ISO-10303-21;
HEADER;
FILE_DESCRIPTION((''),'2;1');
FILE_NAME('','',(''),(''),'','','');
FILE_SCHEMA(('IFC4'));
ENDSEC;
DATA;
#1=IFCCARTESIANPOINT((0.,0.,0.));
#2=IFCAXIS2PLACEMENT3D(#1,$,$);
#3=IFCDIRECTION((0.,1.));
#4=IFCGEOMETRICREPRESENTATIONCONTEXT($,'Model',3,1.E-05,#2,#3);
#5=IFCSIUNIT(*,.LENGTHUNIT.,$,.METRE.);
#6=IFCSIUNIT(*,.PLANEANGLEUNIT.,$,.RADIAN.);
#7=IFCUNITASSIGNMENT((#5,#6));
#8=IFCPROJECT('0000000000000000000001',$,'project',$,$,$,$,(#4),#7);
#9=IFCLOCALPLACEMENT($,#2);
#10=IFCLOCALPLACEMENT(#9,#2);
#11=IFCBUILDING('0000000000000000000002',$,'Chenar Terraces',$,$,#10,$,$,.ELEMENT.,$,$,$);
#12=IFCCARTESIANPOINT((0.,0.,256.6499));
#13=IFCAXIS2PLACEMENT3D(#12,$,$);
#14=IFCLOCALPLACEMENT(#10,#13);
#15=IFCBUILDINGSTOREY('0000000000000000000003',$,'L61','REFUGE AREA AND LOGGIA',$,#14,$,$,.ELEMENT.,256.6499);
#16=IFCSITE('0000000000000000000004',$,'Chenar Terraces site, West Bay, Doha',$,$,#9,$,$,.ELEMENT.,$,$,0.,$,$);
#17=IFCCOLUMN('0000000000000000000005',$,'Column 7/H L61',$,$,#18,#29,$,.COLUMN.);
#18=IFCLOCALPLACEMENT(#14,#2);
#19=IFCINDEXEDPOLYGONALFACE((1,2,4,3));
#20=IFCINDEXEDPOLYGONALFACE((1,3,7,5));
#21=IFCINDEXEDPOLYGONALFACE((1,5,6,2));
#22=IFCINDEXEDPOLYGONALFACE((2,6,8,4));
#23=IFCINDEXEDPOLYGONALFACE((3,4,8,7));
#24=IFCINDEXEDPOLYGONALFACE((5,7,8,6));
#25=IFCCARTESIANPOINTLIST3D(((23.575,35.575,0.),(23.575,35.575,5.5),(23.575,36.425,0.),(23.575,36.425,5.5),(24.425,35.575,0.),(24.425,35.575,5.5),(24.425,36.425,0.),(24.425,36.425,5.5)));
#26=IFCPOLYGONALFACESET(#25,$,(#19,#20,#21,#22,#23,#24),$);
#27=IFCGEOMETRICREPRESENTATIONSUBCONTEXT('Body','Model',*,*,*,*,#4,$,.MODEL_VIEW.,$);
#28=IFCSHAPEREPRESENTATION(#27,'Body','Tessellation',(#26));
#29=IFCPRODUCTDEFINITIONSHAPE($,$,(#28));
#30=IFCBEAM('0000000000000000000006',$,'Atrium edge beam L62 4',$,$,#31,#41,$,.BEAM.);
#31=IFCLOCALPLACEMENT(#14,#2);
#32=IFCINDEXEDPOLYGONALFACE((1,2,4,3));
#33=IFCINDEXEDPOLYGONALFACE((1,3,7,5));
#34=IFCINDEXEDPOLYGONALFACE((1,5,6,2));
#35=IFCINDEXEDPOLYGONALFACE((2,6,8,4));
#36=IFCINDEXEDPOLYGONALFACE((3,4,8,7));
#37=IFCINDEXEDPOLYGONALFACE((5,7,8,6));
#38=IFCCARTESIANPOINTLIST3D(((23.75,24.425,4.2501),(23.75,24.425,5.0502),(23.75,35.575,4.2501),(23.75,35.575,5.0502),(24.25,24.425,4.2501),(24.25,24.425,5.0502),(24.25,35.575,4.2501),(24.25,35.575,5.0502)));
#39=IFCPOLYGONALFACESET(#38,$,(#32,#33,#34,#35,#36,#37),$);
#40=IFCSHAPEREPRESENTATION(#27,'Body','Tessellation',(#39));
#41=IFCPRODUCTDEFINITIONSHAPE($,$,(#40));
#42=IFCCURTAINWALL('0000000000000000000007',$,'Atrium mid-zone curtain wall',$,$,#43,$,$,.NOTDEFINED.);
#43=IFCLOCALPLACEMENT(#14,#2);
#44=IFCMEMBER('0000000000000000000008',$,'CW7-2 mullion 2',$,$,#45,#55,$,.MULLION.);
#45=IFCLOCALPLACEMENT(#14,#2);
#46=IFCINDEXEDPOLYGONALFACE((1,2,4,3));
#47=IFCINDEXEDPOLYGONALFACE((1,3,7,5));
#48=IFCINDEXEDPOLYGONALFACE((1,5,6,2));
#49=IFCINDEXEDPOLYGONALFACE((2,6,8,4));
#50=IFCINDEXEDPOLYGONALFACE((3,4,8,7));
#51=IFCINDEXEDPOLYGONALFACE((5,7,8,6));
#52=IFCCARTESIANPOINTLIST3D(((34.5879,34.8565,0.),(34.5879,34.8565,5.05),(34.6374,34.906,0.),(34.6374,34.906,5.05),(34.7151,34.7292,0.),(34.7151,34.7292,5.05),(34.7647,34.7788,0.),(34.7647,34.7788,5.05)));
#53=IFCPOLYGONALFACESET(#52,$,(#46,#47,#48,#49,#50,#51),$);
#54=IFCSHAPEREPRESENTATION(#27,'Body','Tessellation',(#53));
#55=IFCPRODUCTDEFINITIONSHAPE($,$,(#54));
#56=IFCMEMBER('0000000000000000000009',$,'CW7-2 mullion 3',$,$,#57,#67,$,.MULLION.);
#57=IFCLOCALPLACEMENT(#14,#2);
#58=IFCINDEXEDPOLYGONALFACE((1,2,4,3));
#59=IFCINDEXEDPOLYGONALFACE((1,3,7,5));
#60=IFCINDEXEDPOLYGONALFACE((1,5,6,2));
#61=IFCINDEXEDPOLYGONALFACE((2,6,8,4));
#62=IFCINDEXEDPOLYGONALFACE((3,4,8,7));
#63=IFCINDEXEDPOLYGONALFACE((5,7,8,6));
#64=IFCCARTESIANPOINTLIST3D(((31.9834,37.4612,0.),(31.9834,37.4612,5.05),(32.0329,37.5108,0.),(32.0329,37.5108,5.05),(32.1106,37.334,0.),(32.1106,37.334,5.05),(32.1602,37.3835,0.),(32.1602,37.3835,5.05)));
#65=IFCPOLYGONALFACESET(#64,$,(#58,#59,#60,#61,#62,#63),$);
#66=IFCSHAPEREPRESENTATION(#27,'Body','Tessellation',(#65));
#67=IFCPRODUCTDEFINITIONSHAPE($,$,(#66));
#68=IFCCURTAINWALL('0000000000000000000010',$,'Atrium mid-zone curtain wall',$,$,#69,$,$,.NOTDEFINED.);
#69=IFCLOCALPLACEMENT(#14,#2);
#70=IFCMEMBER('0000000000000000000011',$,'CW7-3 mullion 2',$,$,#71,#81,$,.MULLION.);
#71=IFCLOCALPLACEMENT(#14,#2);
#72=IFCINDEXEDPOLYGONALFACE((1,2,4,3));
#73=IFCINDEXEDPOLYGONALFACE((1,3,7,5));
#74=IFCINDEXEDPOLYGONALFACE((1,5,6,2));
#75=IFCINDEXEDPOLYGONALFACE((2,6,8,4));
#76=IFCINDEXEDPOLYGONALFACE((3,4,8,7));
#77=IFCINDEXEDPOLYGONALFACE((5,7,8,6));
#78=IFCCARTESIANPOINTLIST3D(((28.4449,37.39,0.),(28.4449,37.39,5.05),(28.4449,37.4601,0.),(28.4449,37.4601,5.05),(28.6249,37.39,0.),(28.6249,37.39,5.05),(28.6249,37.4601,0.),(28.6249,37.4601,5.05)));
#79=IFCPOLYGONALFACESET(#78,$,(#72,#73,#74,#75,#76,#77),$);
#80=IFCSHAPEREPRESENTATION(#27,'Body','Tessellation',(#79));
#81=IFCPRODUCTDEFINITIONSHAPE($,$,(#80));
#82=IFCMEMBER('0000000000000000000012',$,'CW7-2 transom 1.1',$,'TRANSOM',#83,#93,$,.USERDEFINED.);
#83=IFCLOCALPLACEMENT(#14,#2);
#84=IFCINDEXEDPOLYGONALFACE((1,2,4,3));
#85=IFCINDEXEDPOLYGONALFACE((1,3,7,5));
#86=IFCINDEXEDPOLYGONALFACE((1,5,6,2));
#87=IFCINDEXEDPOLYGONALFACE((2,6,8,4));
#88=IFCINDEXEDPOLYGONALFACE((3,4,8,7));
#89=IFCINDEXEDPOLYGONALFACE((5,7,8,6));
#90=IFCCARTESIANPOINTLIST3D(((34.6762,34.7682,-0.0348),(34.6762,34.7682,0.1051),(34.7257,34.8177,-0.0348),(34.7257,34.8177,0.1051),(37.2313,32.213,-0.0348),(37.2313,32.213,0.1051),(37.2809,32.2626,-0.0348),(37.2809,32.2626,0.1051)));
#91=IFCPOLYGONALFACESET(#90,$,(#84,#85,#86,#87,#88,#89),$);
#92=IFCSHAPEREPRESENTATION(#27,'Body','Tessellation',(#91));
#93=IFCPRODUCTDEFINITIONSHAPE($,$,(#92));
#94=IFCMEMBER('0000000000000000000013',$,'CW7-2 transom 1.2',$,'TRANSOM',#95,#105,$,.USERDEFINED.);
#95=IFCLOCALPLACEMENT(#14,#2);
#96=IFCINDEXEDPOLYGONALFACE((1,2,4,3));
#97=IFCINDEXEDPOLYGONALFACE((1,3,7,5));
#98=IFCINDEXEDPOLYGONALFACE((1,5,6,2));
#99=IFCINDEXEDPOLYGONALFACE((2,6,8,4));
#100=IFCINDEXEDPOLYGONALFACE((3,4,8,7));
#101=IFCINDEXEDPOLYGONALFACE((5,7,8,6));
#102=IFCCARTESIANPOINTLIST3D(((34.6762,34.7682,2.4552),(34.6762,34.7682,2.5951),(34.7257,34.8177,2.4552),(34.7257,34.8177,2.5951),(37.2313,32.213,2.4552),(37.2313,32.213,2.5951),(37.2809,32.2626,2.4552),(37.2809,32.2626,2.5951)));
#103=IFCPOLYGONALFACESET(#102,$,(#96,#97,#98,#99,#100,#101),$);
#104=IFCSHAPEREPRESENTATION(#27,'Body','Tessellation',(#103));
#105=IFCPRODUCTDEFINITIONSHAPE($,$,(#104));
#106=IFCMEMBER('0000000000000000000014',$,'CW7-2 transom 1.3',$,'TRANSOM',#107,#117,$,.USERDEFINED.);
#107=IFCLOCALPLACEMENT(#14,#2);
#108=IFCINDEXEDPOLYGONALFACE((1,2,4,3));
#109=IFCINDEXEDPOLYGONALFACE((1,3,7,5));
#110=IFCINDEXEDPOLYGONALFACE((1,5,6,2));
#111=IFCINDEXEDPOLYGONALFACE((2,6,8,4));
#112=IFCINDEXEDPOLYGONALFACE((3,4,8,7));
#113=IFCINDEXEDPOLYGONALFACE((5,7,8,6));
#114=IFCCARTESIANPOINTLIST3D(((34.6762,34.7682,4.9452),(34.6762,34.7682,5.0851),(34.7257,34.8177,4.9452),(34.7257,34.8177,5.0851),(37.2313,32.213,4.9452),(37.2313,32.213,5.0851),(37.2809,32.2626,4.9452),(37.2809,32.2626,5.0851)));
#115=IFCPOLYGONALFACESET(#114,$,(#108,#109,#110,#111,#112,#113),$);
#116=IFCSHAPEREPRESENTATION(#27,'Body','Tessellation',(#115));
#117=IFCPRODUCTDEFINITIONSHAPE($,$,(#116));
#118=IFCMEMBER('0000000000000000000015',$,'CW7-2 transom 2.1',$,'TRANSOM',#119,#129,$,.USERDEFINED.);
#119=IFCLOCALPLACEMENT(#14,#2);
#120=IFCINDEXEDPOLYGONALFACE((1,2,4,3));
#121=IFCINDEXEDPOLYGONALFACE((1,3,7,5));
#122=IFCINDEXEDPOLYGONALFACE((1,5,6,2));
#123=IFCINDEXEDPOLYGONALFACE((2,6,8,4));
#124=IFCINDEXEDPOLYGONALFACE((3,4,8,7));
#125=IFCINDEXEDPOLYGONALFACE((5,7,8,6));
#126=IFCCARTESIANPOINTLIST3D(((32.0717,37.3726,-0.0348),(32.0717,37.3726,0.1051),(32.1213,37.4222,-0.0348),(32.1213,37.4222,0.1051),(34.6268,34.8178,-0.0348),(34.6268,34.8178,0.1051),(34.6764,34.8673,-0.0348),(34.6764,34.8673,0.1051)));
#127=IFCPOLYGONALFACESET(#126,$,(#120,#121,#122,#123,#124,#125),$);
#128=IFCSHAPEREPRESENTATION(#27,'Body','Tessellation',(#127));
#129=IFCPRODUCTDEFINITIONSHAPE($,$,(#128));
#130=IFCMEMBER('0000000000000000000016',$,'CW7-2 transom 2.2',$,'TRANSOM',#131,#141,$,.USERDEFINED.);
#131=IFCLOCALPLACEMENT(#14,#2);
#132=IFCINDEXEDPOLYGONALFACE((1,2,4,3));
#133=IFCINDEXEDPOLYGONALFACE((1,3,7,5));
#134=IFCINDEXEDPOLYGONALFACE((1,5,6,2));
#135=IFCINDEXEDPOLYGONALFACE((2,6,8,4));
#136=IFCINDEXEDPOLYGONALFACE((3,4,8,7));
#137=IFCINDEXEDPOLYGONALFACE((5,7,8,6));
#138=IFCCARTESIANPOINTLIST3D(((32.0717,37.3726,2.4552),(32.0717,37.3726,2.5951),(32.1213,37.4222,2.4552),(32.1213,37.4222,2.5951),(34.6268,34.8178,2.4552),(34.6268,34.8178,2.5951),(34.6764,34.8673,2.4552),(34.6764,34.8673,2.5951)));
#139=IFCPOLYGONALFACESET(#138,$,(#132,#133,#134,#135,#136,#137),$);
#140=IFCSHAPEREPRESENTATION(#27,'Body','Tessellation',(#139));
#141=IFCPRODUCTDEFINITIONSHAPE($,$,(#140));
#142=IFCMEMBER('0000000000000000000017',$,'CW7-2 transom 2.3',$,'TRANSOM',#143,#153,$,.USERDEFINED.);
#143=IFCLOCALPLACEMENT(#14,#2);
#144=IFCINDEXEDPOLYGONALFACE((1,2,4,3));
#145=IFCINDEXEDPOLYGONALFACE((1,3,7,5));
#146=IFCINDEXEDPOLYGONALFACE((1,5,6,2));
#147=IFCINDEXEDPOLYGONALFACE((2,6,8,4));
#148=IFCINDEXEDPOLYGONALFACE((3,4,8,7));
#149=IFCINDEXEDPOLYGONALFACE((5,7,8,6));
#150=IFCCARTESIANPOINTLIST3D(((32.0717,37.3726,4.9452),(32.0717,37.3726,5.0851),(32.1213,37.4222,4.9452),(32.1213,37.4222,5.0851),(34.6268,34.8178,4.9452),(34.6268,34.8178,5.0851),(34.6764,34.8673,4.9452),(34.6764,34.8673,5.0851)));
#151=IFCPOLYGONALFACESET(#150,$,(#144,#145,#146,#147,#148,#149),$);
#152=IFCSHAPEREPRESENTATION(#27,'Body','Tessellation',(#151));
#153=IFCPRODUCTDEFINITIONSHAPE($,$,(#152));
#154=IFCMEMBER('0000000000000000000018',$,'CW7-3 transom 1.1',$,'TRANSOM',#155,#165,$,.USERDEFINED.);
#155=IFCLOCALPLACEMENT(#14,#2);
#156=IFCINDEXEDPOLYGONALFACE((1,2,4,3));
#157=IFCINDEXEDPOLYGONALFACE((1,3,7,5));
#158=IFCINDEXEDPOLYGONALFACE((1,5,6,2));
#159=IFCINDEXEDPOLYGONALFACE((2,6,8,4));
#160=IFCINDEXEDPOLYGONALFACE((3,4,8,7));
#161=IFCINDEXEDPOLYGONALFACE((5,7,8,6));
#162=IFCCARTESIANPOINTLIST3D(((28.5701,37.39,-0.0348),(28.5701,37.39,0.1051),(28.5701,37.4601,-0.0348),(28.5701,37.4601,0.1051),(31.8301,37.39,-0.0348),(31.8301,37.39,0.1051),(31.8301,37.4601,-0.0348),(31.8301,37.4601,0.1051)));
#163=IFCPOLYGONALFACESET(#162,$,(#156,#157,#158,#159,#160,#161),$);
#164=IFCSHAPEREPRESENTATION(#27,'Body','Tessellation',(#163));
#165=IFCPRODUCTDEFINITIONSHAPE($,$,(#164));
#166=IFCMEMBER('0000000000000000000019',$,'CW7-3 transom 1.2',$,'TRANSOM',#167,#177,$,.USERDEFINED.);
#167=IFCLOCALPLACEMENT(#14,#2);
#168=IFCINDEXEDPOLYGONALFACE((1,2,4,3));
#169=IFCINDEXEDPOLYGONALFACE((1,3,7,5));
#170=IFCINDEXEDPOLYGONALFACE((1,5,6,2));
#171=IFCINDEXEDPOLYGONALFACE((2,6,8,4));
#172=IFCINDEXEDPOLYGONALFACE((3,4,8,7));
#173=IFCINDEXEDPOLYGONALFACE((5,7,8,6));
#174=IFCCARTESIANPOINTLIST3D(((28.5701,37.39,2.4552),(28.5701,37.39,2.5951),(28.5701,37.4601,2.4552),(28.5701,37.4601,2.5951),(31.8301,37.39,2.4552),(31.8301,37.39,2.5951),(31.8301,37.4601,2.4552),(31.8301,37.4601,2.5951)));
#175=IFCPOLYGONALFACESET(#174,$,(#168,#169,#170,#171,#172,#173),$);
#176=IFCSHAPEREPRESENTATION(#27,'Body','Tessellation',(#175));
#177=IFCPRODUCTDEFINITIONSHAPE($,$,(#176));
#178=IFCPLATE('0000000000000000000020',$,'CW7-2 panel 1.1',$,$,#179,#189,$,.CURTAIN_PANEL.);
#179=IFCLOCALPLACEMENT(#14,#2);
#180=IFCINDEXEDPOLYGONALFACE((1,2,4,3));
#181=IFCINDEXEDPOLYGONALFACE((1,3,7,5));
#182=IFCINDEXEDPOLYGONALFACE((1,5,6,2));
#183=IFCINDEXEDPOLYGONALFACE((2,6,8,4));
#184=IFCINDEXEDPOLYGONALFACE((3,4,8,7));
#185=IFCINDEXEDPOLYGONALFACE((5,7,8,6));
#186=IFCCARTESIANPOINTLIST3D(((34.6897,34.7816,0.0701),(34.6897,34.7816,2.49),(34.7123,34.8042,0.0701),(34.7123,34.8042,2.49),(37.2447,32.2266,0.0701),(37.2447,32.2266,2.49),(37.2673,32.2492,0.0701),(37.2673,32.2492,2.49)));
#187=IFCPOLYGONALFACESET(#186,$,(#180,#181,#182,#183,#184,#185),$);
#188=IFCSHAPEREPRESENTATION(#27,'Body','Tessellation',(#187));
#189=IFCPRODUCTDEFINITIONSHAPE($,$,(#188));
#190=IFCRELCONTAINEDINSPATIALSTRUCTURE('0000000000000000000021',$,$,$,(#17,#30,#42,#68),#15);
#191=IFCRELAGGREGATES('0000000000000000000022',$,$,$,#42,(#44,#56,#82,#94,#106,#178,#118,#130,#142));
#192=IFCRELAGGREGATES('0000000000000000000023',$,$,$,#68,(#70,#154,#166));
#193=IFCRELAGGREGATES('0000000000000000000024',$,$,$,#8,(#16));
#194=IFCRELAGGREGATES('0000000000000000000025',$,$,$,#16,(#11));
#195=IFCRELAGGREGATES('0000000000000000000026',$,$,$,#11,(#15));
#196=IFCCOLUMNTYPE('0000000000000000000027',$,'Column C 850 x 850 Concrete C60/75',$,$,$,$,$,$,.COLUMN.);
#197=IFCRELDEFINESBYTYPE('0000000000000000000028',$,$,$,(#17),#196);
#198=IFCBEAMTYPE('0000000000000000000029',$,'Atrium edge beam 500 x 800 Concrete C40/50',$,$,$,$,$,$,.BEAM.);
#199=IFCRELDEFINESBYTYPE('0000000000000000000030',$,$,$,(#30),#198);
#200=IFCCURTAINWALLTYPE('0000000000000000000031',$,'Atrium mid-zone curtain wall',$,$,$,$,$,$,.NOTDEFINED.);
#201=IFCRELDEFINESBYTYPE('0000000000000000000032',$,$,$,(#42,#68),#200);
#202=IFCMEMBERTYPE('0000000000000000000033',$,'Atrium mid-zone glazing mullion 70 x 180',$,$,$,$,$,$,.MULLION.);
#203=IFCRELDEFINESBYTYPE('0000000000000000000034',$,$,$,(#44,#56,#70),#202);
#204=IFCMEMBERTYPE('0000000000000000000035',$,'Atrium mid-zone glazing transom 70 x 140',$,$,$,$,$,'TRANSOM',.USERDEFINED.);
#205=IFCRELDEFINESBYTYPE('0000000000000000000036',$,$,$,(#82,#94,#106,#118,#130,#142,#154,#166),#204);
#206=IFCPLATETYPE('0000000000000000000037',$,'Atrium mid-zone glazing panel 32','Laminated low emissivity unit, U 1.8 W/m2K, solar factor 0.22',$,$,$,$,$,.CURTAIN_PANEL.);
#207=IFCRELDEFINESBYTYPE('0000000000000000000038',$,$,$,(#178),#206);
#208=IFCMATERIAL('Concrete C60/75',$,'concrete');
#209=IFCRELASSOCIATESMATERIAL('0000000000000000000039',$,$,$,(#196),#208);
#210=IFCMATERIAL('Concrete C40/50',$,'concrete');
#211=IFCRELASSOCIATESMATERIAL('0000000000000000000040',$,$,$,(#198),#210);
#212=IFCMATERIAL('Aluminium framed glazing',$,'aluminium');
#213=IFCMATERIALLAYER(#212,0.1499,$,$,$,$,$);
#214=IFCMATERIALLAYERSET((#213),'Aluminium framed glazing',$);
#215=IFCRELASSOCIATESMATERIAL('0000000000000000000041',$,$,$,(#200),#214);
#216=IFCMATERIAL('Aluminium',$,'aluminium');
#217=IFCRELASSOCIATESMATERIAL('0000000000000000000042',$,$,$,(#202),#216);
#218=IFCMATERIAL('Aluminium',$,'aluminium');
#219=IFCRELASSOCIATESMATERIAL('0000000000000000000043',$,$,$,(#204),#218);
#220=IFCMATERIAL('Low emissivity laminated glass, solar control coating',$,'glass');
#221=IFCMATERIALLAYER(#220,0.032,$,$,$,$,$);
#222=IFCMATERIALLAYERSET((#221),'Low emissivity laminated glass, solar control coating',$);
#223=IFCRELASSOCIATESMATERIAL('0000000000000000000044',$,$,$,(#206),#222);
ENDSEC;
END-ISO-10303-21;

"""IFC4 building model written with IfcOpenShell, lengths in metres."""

from ifc_helpers import new_model, si_unit, direction, frame, origin, origin_2d, place, context, subcontext, project, spatial, rectangle, extrude, material, layer, layer_set, material_profile, profile_set, type_object, element, aggregate, save


model = new_model("IFC4")

# Units and contexts
model_context = context("Model", 3, precision=1e-05, world=origin(), true_north=direction((0.0, 1.0)))
body_context = subcontext(model_context, "Body", "Model", "MODEL_VIEW")
ifc_project = project(units=[si_unit("LENGTHUNIT", "METRE"), si_unit("PLANEANGLEUNIT", "RADIAN")], contexts=[model_context])

# Site, building, storey
site_placement = place(None, origin())
site = spatial("IfcSite", under=ifc_project, at=site_placement, Name="Chenar Terraces site, West Bay, Doha", CompositionType="ELEMENT", RefElevation=0.0)
building_placement = place(site_placement, origin())
building = spatial("IfcBuilding", under=site, at=building_placement, Name="Chenar Terraces", CompositionType="ELEMENT")
storey_placement = place(building_placement, frame((0.0, 0.0, 256.6499)))
storey = spatial("IfcBuildingStorey", under=building, at=storey_placement, Name="L61", Description="REFUGE AREA AND LOGGIA", CompositionType="ELEMENT", Elevation=256.6499)

# Column
ifc_material_1 = material(Name="Concrete C60/75", Category="concrete")
ifc_material_profile_1 = material_profile(ifc_material_1, rectangle(XDim=0.8501, YDim=0.8501, at=origin_2d()), Name="C 850 x 850")
ifc_profile_set_1 = profile_set([ifc_material_profile_1], Name="Concrete C60/75")
column_type = type_object("IfcColumnType", Name="Column C 850 x 850 Concrete C60/75", PredefinedType="COLUMN", material=ifc_profile_set_1)
column_placement = place(storey_placement, frame((24.0, 36.0, 0.0), z_axis=(0.0, 0.0, 1.0), x_axis=(1.0, 0.0, 0.0)))
element("IfcColumn", 1, at=column_placement, inside=storey, type_object=column_type, Name="Column 7/H L61", PredefinedType="COLUMN", context=body_context, shape_type="SweptSolid", body=[
    extrude(rectangle(XDim=0.8501, YDim=0.8501, at=origin_2d()), origin(), (0.0, 0.0, 1.0), 5.5),
])

# Beam
ifc_material_2 = material(Name="Concrete C40/50", Category="concrete")
ifc_material_profile_2 = material_profile(ifc_material_2, rectangle(XDim=0.5, YDim=0.8, at=origin_2d()), Name="RC 500 x 800")
ifc_profile_set_2 = profile_set([ifc_material_profile_2], Name="Concrete C40/50")
beam_type = type_object("IfcBeamType", Name="Atrium edge beam 500 x 800 Concrete C40/50", PredefinedType="BEAM", material=ifc_profile_set_2)
beam_placement = place(storey_placement, frame((24.0, 35.575, 4.6501), z_axis=(0.0, -1.0, 0.0), x_axis=(1.0, 0.0, 0.0)))
element("IfcBeam", 2, at=beam_placement, inside=storey, type_object=beam_type, Name="Atrium edge beam L62 4", PredefinedType="BEAM", context=body_context, shape_type="SweptSolid", body=[
    extrude(rectangle(XDim=0.5, YDim=0.8, at=origin_2d()), origin(), (0.0, 0.0, 1.0), 11.1499),
])

# Curtain wall, members
ifc_material_3 = material(Name="Aluminium framed glazing", Category="aluminium")
ifc_layer_1 = layer(ifc_material_3, 0.1499)
ifc_layer_set_1 = layer_set([ifc_layer_1], Name="Aluminium framed glazing")
curtain_wall_type = type_object("IfcCurtainWallType", Name="Atrium mid-zone curtain wall", PredefinedType="NOTDEFINED", material=ifc_layer_set_1)
placement = place(storey_placement, origin())
curtain_wall_1 = element("IfcCurtainWall", 3, at=placement, inside=storey, type_object=curtain_wall_type, Name="Atrium mid-zone curtain wall", PredefinedType="NOTDEFINED")
ifc_material_4 = material(Name="Aluminium", Category="aluminium")
ifc_material_profile_3 = material_profile(ifc_material_4, rectangle(XDim=0.0701, YDim=0.1799, at=origin_2d()), Name="Atrium mid-zone glazing mullion 70 x 180")
ifc_profile_set_3 = profile_set([ifc_material_profile_3], Name="Aluminium")
member_type_1 = type_object("IfcMemberType", Name="Atrium mid-zone glazing mullion 70 x 180", PredefinedType="MULLION", material=ifc_profile_set_3)
member_1_placement = place(storey_placement, frame((34.6763, 34.8176, 0.0), z_axis=(0.0, 0.0, 1.0), x_axis=(-0.707107, -0.707107, 0.0)))
member_1 = element("IfcMember", 4, at=member_1_placement, type_object=member_type_1, Name="CW7-2 mullion 2", PredefinedType="MULLION", context=body_context, shape_type="SweptSolid", body=[
    extrude(rectangle(XDim=0.0701, YDim=0.1799, at=origin_2d()), origin(), (0.0, 0.0, 1.0), 5.05),
])
member_2_placement = place(storey_placement, frame((32.0718, 37.4224, 0.0), z_axis=(0.0, 0.0, 1.0), x_axis=(-0.707107, -0.707107, 0.0)))
member_2 = element("IfcMember", 5, at=member_2_placement, type_object=member_type_1, Name="CW7-2 mullion 3", PredefinedType="MULLION", context=body_context, shape_type="SweptSolid", body=[
    extrude(rectangle(XDim=0.0701, YDim=0.1799, at=origin_2d()), origin(), (0.0, 0.0, 1.0), 5.05),
])

# Curtain wall, member
curtain_wall_2 = element("IfcCurtainWall", 6, at=placement, inside=storey, type_object=curtain_wall_type, Name="Atrium mid-zone curtain wall", PredefinedType="NOTDEFINED")
member_3_placement = place(storey_placement, frame((28.5349, 37.425, 0.0), z_axis=(0.0, 0.0, 1.0), x_axis=(0.0, -1.0, 0.0)))
member_3 = element("IfcMember", 7, at=member_3_placement, type_object=member_type_1, Name="CW7-3 mullion 2", PredefinedType="MULLION", context=body_context, shape_type="SweptSolid", body=[
    extrude(rectangle(XDim=0.0701, YDim=0.1799, at=origin_2d()), origin(), (0.0, 0.0, 1.0), 5.05),
])

# Members
ifc_material_5 = material(Name="Aluminium", Category="aluminium")
ifc_material_profile_4 = material_profile(ifc_material_5, rectangle(XDim=0.0701, YDim=0.1399, at=origin_2d()), Name="Atrium mid-zone glazing transom 70 x 140")
ifc_profile_set_4 = profile_set([ifc_material_profile_4], Name="Aluminium")
member_type_2 = type_object("IfcMemberType", Name="Atrium mid-zone glazing transom 70 x 140", ElementType="TRANSOM", PredefinedType="USERDEFINED", material=ifc_profile_set_4)
member_4_placement = place(storey_placement, frame((37.2561, 32.2378, 0.0352), z_axis=(-0.707107, 0.707107, 0.0), x_axis=(-0.707107, -0.707107, 0.0)))
member_4 = element("IfcMember", 8, at=member_4_placement, type_object=member_type_2, Name="CW7-2 transom 1.1", ObjectType="TRANSOM", PredefinedType="USERDEFINED", context=body_context, shape_type="SweptSolid", body=[
    extrude(rectangle(XDim=0.0701, YDim=0.1399, at=origin_2d()), origin(), (0.0, 0.0, 1.0), 3.6135),
])
member_5_placement = place(storey_placement, frame((37.2561, 32.2378, 2.5251), z_axis=(-0.707107, 0.707107, 0.0), x_axis=(-0.707107, -0.707107, 0.0)))
member_5 = element("IfcMember", 9, at=member_5_placement, type_object=member_type_2, Name="CW7-2 transom 1.2", ObjectType="TRANSOM", PredefinedType="USERDEFINED", context=body_context, shape_type="SweptSolid", body=[
    extrude(rectangle(XDim=0.0701, YDim=0.1399, at=origin_2d()), origin(), (0.0, 0.0, 1.0), 3.6135),
])
member_6_placement = place(storey_placement, frame((37.2561, 32.2378, 5.0151), z_axis=(-0.707107, 0.707107, 0.0), x_axis=(-0.707107, -0.707107, 0.0)))
member_6 = element("IfcMember", 10, at=member_6_placement, type_object=member_type_2, Name="CW7-2 transom 1.3", ObjectType="TRANSOM", PredefinedType="USERDEFINED", context=body_context, shape_type="SweptSolid", body=[
    extrude(rectangle(XDim=0.0701, YDim=0.1399, at=origin_2d()), origin(), (0.0, 0.0, 1.0), 3.6135),
])
member_7_placement = place(storey_placement, frame((34.6516, 34.8425, 0.0352), z_axis=(-0.707141, 0.707073, 0.0), x_axis=(-0.707073, -0.707141, 0.0)))
member_7 = element("IfcMember", 11, at=member_7_placement, type_object=member_type_2, Name="CW7-2 transom 2.1", ObjectType="TRANSOM", PredefinedType="USERDEFINED", context=body_context, shape_type="SweptSolid", body=[
    extrude(rectangle(XDim=0.0701, YDim=0.1399, at=origin_2d()), origin(), (0.0, 0.0, 1.0), 3.6133),
])
member_8_placement = place(storey_placement, frame((34.6516, 34.8425, 2.5251), z_axis=(-0.707141, 0.707073, 0.0), x_axis=(-0.707073, -0.707141, 0.0)))
member_8 = element("IfcMember", 12, at=member_8_placement, type_object=member_type_2, Name="CW7-2 transom 2.2", ObjectType="TRANSOM", PredefinedType="USERDEFINED", context=body_context, shape_type="SweptSolid", body=[
    extrude(rectangle(XDim=0.0701, YDim=0.1399, at=origin_2d()), origin(), (0.0, 0.0, 1.0), 3.6133),
])
member_9_placement = place(storey_placement, frame((34.6516, 34.8425, 5.0151), z_axis=(-0.707141, 0.707073, 0.0), x_axis=(-0.707073, -0.707141, 0.0)))
member_9 = element("IfcMember", 13, at=member_9_placement, type_object=member_type_2, Name="CW7-2 transom 2.3", ObjectType="TRANSOM", PredefinedType="USERDEFINED", context=body_context, shape_type="SweptSolid", body=[
    extrude(rectangle(XDim=0.0701, YDim=0.1399, at=origin_2d()), origin(), (0.0, 0.0, 1.0), 3.6133),
])
member_10_placement = place(storey_placement, frame((31.8301, 37.425, 0.0352), z_axis=(-1.0, 0.0, 0.0), x_axis=(0.0, -1.0, 0.0)))
member_10 = element("IfcMember", 14, at=member_10_placement, type_object=member_type_2, Name="CW7-3 transom 1.1", ObjectType="TRANSOM", PredefinedType="USERDEFINED", context=body_context, shape_type="SweptSolid", body=[
    extrude(rectangle(XDim=0.0701, YDim=0.1399, at=origin_2d()), origin(), (0.0, 0.0, 1.0), 3.26),
])
member_11_placement = place(storey_placement, frame((31.8301, 37.425, 2.5251), z_axis=(-1.0, 0.0, 0.0), x_axis=(0.0, -1.0, 0.0)))
member_11 = element("IfcMember", 15, at=member_11_placement, type_object=member_type_2, Name="CW7-3 transom 1.2", ObjectType="TRANSOM", PredefinedType="USERDEFINED", context=body_context, shape_type="SweptSolid", body=[
    extrude(rectangle(XDim=0.0701, YDim=0.1399, at=origin_2d()), origin(), (0.0, 0.0, 1.0), 3.26),
])

# Plate
ifc_material_6 = material(Name="Low emissivity laminated glass, solar control coating", Category="glass")
ifc_layer_2 = layer(ifc_material_6, 0.032)
ifc_layer_set_2 = layer_set([ifc_layer_2], Name="Low emissivity laminated glass, solar control coating")
plate_type = type_object("IfcPlateType", Name="Atrium mid-zone glazing panel 32", Description="Laminated low emissivity unit, U 1.8 W/m2K, solar factor 0.22", PredefinedType="CURTAIN_PANEL", material=ifc_layer_set_2)
plate_1_placement = place(storey_placement, frame((35.9785, 33.5154, 0.0701), z_axis=(0.0, 0.0, 1.0), x_axis=(-0.707107, 0.707107, 0.0)))
plate_1 = element("IfcPlate", 16, at=plate_1_placement, type_object=plate_type, Name="CW7-2 panel 1.1", PredefinedType="CURTAIN_PANEL", context=body_context, shape_type="SweptSolid", body=[
    extrude(rectangle(XDim=3.6133, YDim=0.032, at=origin_2d()), origin(), (0.0, 0.0, 1.0), 2.4199),
])
aggregate(curtain_wall_1, [member_1, member_2, member_4, member_5, member_6, plate_1, member_7, member_8, member_9])
aggregate(curtain_wall_2, [member_3, member_10, member_11])

save(model, "model.ifc")
